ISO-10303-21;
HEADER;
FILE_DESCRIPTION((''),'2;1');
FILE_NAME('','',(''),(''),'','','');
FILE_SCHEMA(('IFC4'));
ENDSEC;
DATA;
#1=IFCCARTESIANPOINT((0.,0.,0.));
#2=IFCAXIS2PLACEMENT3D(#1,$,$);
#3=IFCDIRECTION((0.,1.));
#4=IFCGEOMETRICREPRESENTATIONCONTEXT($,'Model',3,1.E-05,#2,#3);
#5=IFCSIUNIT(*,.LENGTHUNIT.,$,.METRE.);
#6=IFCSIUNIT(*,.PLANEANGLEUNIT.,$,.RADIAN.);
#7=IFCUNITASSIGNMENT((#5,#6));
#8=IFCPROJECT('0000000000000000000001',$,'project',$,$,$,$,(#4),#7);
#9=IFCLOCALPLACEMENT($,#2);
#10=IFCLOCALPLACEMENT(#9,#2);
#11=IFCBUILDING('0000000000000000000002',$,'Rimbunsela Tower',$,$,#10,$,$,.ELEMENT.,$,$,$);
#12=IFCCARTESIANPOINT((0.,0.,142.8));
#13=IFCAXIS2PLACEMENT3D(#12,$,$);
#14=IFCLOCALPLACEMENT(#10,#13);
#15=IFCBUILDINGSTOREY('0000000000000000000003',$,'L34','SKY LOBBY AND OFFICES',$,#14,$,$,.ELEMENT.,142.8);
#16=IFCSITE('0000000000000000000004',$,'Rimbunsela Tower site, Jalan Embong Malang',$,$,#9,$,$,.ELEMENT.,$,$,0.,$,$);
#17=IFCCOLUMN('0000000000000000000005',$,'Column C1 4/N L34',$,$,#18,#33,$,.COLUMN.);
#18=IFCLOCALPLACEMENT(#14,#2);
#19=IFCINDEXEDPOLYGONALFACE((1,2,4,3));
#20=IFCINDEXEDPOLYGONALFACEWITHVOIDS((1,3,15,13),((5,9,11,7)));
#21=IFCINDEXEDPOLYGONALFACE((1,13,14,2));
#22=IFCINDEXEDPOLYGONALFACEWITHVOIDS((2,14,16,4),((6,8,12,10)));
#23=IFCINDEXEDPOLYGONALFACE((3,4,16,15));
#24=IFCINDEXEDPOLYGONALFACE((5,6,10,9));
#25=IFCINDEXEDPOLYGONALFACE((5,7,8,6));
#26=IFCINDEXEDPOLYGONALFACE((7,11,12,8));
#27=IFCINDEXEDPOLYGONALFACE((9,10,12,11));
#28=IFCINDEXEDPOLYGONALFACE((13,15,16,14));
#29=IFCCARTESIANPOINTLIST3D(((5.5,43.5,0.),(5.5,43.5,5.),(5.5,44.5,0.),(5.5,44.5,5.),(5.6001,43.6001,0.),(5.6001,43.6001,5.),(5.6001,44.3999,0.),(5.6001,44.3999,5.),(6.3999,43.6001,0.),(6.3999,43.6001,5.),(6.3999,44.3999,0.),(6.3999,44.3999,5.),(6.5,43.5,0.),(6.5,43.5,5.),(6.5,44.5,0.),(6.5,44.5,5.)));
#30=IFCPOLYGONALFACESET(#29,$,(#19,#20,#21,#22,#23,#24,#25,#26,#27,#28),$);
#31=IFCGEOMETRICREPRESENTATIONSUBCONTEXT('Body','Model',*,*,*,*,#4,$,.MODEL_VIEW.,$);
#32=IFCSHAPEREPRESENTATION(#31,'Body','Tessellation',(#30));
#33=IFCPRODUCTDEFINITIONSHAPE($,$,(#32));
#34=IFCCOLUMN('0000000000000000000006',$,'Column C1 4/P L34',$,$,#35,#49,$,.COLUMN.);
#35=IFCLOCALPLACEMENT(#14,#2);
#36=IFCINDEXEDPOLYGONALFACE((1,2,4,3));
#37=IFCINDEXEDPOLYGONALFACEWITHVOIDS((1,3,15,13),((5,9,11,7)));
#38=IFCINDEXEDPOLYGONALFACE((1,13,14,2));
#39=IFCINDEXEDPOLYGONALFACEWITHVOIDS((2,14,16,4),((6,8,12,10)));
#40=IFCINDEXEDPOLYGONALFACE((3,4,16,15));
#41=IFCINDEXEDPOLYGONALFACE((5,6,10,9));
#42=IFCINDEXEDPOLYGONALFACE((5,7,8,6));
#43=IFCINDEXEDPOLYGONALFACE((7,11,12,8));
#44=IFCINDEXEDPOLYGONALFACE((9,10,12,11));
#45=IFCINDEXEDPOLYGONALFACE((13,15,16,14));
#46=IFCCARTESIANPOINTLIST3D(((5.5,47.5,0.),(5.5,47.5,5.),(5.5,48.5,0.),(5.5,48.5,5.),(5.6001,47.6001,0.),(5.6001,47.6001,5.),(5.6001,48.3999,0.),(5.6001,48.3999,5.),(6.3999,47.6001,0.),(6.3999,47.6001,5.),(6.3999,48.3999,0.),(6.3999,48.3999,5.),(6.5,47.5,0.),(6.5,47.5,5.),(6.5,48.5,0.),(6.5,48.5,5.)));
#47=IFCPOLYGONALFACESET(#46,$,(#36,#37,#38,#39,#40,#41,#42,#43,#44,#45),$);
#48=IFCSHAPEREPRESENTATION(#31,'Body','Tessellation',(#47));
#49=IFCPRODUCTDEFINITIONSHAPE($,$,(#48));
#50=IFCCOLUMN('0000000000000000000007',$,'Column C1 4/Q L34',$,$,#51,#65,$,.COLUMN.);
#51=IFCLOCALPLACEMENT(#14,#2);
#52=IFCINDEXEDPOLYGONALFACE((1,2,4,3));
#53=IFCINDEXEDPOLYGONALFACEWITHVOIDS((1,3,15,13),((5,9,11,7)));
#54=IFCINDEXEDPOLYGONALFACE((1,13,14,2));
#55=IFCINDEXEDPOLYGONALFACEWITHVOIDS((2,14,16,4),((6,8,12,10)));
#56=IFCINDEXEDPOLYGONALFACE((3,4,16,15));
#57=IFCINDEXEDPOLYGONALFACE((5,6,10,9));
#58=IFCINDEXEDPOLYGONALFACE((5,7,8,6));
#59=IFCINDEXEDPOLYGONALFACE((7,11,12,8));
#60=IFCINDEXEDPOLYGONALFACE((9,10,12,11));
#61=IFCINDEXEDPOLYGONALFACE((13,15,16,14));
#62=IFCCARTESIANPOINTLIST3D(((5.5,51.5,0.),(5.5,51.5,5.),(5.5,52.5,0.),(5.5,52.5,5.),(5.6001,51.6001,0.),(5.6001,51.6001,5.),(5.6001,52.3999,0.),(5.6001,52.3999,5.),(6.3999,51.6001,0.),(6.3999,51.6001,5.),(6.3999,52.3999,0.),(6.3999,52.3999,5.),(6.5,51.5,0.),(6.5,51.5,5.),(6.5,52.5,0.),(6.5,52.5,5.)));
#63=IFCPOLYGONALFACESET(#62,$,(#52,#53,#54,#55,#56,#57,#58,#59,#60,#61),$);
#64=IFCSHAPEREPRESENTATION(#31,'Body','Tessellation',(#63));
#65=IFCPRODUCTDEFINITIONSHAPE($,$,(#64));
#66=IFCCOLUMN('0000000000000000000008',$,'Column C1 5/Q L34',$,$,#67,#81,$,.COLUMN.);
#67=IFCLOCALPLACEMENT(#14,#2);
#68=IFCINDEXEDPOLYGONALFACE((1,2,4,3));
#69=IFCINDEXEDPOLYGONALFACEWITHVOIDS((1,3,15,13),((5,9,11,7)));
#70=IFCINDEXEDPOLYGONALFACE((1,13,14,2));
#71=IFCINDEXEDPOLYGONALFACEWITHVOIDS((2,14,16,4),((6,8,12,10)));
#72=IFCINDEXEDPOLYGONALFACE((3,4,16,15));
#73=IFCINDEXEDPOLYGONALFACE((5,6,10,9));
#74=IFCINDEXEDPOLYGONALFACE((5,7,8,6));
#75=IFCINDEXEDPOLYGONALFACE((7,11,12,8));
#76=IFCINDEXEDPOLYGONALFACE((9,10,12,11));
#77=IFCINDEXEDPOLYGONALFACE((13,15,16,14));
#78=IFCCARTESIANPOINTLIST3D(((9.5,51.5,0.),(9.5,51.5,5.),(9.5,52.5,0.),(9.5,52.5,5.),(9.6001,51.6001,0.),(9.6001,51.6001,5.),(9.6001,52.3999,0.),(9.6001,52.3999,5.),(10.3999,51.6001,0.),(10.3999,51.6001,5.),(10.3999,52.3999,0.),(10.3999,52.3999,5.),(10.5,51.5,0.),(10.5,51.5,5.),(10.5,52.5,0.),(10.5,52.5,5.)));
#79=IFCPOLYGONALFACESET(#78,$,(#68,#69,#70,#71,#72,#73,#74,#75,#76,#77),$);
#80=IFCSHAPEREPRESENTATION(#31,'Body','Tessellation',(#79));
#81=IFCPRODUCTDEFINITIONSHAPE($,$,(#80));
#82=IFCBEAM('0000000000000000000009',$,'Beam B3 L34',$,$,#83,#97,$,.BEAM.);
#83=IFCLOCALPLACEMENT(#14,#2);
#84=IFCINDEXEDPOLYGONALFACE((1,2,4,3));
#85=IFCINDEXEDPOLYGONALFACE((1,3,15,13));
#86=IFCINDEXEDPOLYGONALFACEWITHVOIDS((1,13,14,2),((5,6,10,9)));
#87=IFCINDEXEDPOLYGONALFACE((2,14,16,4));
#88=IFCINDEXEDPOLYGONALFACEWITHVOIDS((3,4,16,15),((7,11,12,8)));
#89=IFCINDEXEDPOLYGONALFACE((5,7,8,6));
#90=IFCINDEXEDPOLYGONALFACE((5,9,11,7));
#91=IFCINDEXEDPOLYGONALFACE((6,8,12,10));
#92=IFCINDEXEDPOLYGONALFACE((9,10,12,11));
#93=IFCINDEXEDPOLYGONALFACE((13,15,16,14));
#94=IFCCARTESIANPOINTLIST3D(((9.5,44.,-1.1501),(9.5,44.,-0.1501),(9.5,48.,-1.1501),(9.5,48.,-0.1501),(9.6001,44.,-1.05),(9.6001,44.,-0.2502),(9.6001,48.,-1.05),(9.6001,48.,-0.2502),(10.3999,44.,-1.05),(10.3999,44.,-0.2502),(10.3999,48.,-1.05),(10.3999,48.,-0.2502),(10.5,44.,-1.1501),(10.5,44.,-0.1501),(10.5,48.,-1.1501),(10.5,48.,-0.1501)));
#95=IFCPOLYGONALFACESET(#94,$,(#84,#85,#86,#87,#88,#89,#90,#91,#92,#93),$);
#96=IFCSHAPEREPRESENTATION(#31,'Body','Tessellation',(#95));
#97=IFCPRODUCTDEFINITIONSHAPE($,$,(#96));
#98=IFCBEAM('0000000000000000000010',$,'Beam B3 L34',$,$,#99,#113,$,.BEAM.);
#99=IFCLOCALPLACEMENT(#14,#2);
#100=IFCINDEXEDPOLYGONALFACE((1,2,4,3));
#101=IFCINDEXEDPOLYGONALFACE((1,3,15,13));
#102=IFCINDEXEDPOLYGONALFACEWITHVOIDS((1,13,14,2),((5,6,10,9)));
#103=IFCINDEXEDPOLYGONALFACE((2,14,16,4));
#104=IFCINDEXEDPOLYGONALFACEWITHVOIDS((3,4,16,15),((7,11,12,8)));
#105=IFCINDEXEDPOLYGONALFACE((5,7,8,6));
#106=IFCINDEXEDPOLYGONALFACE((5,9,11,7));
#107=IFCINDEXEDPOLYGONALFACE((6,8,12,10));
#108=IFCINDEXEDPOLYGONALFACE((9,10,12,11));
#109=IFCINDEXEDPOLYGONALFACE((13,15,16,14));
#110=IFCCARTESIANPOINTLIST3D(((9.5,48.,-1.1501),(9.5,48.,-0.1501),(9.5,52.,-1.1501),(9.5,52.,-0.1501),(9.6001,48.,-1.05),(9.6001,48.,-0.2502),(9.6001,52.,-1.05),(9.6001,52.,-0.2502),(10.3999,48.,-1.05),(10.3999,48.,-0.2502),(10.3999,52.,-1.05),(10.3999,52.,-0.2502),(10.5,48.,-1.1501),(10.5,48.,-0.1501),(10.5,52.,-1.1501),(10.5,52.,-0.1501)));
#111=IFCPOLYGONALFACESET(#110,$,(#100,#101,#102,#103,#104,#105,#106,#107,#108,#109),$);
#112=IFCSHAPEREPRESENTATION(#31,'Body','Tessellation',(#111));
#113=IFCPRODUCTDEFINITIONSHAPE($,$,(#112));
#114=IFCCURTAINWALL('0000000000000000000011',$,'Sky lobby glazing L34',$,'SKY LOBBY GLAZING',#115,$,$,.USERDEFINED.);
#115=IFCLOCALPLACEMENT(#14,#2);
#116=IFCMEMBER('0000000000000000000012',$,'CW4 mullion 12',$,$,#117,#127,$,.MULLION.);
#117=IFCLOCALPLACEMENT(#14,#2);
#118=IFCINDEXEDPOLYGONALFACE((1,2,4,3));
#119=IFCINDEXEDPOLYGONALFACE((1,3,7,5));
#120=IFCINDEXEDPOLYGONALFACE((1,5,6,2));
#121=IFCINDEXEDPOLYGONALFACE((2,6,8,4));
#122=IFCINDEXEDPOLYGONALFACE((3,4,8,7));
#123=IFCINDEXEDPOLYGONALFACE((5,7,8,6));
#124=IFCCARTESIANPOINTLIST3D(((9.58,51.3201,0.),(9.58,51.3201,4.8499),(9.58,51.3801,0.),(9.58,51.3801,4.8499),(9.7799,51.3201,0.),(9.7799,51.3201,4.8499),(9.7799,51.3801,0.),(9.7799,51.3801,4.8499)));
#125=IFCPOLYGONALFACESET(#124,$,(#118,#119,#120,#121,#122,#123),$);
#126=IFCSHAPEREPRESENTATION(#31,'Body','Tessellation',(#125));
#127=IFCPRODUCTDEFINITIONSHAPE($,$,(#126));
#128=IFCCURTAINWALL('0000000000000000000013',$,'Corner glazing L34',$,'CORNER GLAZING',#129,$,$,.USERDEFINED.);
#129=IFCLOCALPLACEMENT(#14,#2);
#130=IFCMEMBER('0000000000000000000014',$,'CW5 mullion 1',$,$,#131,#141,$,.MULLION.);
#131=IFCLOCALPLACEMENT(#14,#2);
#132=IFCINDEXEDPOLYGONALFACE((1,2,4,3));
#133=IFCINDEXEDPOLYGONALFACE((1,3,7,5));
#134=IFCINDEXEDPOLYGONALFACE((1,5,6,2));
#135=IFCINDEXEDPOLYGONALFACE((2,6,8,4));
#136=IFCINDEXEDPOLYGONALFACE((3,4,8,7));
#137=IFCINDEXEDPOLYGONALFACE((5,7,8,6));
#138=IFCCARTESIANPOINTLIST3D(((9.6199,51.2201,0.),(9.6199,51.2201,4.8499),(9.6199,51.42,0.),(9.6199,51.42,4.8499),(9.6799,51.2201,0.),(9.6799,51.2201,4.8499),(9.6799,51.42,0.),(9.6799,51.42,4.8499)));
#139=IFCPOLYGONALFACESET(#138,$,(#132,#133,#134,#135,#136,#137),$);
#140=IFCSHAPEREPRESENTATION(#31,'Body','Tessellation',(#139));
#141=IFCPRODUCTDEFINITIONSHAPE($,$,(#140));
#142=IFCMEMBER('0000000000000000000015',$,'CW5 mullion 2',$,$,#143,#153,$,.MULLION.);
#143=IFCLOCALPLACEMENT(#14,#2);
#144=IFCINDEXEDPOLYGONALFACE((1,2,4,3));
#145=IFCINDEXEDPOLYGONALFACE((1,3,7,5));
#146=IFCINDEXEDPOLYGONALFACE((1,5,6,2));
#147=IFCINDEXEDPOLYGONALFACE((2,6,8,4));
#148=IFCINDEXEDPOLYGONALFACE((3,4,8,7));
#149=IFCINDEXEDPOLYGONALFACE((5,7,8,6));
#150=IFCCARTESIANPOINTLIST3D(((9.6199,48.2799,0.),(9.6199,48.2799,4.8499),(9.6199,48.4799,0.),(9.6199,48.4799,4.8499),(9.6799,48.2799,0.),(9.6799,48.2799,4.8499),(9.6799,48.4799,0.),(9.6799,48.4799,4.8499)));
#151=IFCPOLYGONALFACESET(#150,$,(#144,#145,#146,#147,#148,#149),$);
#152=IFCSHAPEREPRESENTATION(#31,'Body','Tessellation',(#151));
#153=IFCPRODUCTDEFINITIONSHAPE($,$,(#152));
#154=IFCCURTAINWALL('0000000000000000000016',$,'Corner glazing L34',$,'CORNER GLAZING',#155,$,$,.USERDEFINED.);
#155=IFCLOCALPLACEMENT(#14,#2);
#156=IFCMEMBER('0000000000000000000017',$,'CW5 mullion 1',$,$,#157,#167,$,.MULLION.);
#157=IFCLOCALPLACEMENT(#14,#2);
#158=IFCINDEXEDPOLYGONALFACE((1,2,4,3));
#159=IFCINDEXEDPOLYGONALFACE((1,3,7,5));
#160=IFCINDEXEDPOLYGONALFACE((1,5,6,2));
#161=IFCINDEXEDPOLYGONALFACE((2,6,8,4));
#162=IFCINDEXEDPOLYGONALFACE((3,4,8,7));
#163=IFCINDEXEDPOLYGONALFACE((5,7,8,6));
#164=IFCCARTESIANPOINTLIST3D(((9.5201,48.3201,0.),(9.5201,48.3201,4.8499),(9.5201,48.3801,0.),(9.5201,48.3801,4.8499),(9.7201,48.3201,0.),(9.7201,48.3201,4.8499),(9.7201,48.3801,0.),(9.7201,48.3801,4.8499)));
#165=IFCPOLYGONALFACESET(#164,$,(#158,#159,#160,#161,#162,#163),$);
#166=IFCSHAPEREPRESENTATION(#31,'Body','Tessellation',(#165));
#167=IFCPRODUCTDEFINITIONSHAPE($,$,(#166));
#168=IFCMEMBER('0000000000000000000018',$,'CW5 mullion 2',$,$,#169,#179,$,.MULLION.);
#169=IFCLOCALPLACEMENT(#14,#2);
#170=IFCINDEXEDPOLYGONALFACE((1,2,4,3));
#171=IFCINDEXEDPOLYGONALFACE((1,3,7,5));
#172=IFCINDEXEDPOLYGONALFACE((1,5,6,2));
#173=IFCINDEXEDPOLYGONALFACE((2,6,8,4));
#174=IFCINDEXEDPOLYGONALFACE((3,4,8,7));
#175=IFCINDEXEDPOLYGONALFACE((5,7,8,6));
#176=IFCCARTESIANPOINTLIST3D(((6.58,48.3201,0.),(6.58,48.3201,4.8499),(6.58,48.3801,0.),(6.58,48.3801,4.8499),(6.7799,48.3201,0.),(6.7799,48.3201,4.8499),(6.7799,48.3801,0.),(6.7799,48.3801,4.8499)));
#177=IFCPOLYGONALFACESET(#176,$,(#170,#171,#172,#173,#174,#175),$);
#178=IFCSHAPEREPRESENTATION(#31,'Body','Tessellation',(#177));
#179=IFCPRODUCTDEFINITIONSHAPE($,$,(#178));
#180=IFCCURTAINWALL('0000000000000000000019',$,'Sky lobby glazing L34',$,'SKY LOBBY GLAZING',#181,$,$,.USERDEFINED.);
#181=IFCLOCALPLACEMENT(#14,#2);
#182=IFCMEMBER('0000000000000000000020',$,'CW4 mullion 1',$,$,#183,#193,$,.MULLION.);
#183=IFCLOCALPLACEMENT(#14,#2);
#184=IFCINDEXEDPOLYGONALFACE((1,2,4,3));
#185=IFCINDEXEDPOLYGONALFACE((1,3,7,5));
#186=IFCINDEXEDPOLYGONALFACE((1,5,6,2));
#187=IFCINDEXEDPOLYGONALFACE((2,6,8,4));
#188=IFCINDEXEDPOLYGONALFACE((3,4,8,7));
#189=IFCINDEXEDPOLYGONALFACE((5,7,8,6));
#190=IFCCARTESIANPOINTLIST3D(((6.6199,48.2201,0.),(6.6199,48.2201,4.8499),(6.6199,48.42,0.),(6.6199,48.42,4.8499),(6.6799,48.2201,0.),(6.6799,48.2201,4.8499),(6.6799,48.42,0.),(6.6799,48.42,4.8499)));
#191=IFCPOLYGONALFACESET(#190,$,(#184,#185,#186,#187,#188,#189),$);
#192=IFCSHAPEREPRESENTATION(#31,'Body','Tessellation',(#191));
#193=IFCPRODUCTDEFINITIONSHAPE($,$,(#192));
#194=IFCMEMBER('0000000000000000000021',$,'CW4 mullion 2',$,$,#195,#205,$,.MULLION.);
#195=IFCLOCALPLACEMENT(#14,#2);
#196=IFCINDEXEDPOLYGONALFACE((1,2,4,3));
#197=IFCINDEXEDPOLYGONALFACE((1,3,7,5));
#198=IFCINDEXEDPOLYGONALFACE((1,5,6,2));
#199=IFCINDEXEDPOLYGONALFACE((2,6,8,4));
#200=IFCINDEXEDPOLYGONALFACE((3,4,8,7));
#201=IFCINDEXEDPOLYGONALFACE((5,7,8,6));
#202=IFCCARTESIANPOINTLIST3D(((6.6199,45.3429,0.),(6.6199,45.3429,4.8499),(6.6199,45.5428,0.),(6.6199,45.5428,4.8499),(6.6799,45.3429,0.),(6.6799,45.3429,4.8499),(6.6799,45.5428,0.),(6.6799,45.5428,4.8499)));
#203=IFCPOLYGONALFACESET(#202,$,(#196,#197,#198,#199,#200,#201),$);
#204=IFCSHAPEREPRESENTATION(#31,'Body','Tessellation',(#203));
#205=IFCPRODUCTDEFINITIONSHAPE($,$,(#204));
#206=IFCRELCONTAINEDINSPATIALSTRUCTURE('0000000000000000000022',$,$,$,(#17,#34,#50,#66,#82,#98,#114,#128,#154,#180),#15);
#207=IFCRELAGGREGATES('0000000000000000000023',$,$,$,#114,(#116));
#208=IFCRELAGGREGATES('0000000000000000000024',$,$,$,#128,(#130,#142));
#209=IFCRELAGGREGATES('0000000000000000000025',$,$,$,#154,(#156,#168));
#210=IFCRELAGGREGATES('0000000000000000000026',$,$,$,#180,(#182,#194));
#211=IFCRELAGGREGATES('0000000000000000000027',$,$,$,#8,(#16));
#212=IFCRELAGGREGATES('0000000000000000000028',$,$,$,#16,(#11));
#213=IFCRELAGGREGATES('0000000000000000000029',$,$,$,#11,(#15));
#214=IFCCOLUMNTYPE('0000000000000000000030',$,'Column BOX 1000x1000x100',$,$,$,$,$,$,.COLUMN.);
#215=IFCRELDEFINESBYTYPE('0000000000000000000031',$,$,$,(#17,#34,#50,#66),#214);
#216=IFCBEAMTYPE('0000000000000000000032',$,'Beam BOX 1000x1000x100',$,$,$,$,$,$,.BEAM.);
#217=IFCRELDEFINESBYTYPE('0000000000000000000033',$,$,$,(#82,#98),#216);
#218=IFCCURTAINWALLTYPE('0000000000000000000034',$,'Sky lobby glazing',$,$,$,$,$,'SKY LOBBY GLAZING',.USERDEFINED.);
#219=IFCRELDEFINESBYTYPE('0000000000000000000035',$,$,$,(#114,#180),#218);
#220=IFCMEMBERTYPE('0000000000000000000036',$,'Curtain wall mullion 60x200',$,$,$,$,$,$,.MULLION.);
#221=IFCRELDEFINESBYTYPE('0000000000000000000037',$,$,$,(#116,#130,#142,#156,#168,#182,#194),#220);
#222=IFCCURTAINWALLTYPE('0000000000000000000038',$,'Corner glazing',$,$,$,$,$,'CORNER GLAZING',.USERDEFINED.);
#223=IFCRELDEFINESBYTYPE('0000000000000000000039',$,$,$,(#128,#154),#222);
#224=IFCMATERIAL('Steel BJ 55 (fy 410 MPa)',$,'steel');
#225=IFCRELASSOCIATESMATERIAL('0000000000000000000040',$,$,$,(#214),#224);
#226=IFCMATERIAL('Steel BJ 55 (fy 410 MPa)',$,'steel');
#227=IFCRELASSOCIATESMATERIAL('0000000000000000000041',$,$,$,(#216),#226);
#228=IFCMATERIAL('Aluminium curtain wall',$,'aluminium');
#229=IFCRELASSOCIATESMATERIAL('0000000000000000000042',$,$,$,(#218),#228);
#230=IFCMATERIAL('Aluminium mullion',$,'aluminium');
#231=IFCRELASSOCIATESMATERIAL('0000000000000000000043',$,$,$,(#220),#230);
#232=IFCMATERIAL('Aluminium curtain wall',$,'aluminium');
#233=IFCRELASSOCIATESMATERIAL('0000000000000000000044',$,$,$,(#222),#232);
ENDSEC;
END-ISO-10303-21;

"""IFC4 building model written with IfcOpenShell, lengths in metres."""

from ifc_helpers import new_model, si_unit, direction, frame, origin, origin_2d, place, context, subcontext, project, spatial, rectangle, hollow_rectangle, extrude, material, material_profile, profile_set, type_object, element, aggregate, save


model = new_model("IFC4")

# Units and contexts
model_context = context("Model", 3, precision=1e-05, world=origin(), true_north=direction((0.0, 1.0)))
body_context = subcontext(model_context, "Body", "Model", "MODEL_VIEW")
ifc_project = project(units=[si_unit("LENGTHUNIT", "METRE"), si_unit("PLANEANGLEUNIT", "RADIAN")], contexts=[model_context])

# Site, building, storey
site_placement = place(None, origin())
site = spatial("IfcSite", under=ifc_project, at=site_placement, Name="Rimbunsela Tower site, Jalan Embong Malang", CompositionType="ELEMENT", RefElevation=0.0)
building_placement = place(site_placement, origin())
building = spatial("IfcBuilding", under=site, at=building_placement, Name="Rimbunsela Tower", CompositionType="ELEMENT")
storey_placement = place(building_placement, frame((0.0, 0.0, 142.8)))
storey = spatial("IfcBuildingStorey", under=building, at=storey_placement, Name="L34", Description="SKY LOBBY AND OFFICES", CompositionType="ELEMENT", Elevation=142.8)

# Columns
ifc_material_1 = material(Name="Steel BJ 55 (fy 410 MPa)", Category="steel")
ifc_material_profile_1 = material_profile(ifc_material_1, hollow_rectangle(XDim=1.0, YDim=1.0, WallThickness=0.1001, at=origin_2d()), Name="BOX 1000x1000x100")
ifc_profile_set_1 = profile_set([ifc_material_profile_1], Name="Steel BJ 55 (fy 410 MPa)")
column_type = type_object("IfcColumnType", Name="Column BOX 1000x1000x100", PredefinedType="COLUMN", material=ifc_profile_set_1)
for number, where, z_axis, x_axis, name in (
    (1, (6.0, 44.0, 0.0), (0.0, 0.0, 1.0), (1.0, 0.0, 0.0), "Column C1 4/N L34"),
    (2, (6.0, 48.0, 0.0), (0.0, 0.0, 1.0), (1.0, 0.0, 0.0), "Column C1 4/P L34"),
    (3, (6.0, 52.0, 0.0), (0.0, 0.0, 1.0), (1.0, 0.0, 0.0), "Column C1 4/Q L34"),
    (4, (10.0, 52.0, 0.0), (0.0, 0.0, 1.0), (1.0, 0.0, 0.0), "Column C1 5/Q L34"),
):
    element("IfcColumn", number, at=place(storey_placement, frame(where, z_axis=z_axis, x_axis=x_axis)), inside=storey, type_object=column_type, Name=name, PredefinedType="COLUMN", context=body_context, shape_type="SweptSolid", body=[
        extrude(hollow_rectangle(XDim=1.0, YDim=1.0, WallThickness=0.1001, at=origin_2d()), origin(), (0.0, 0.0, 1.0), 5.0),
    ])

# Beams
ifc_material_2 = material(Name="Steel BJ 55 (fy 410 MPa)", Category="steel")
ifc_material_profile_2 = material_profile(ifc_material_2, hollow_rectangle(XDim=1.0, YDim=1.0, WallThickness=0.1001, at=origin_2d()), Name="BOX 1000x1000x100")
ifc_profile_set_2 = profile_set([ifc_material_profile_2], Name="Steel BJ 55 (fy 410 MPa)")
beam_type = type_object("IfcBeamType", Name="Beam BOX 1000x1000x100", PredefinedType="BEAM", material=ifc_profile_set_2)
for number, where, z_axis, x_axis, name in (
    (5, (10.0, 44.0, -0.6501), (0.0, 1.0, 0.0), (-1.0, 0.0, 0.0), "Beam B3 L34"),
    (6, (10.0, 48.0, -0.6501), (0.0, 1.0, 0.0), (-1.0, 0.0, 0.0), "Beam B3 L34"),
):
    element("IfcBeam", number, at=place(storey_placement, frame(where, z_axis=z_axis, x_axis=x_axis)), inside=storey, type_object=beam_type, Name=name, PredefinedType="BEAM", context=body_context, shape_type="SweptSolid", body=[
        extrude(hollow_rectangle(XDim=1.0, YDim=1.0, WallThickness=0.1001, at=origin_2d()), origin(), (0.0, 0.0, 1.0), 4.0),
    ])

# Curtain wall, member
ifc_material_3 = material(Name="Aluminium curtain wall", Category="aluminium")
curtain_wall_type_1 = type_object("IfcCurtainWallType", Name="Sky lobby glazing", ElementType="SKY LOBBY GLAZING", PredefinedType="USERDEFINED", material=ifc_material_3)
curtain_wall_1_placement = place(storey_placement, origin())
curtain_wall_1 = element("IfcCurtainWall", 7, at=curtain_wall_1_placement, inside=storey, type_object=curtain_wall_type_1, Name="Sky lobby glazing L34", ObjectType="SKY LOBBY GLAZING", PredefinedType="USERDEFINED")
ifc_material_4 = material(Name="Aluminium mullion", Category="aluminium")
ifc_material_profile_3 = material_profile(ifc_material_4, rectangle(XDim=0.0601, YDim=0.2, at=origin_2d()), Name="Mullion 60x200")
ifc_profile_set_3 = profile_set([ifc_material_profile_3], Name="Aluminium mullion")
member_type_1 = type_object("IfcMemberType", Name="Curtain wall mullion 60x200", PredefinedType="MULLION", material=ifc_profile_set_3)
member_1_placement = place(storey_placement, frame((9.6799, 51.3501, 0.0), z_axis=(0.0, 0.0, 1.0), x_axis=(0.0, -1.0, 0.0)))
member_1 = element("IfcMember", 8, at=member_1_placement, type_object=member_type_1, Name="CW4 mullion 12", PredefinedType="MULLION", context=body_context, shape_type="SweptSolid", body=[
    extrude(rectangle(XDim=0.0601, YDim=0.2, at=origin_2d()), origin(), (0.0, 0.0, 1.0), 4.8499),
])

# Curtain walls, members
ifc_material_5 = material(Name="Aluminium curtain wall", Category="aluminium")
curtain_wall_type_2 = type_object("IfcCurtainWallType", Name="Corner glazing", ElementType="CORNER GLAZING", PredefinedType="USERDEFINED", material=ifc_material_5)
curtain_wall_2_placement = place(storey_placement, origin())
curtain_wall_2 = element("IfcCurtainWall", 9, at=curtain_wall_2_placement, inside=storey, type_object=curtain_wall_type_2, Name="Corner glazing L34", ObjectType="CORNER GLAZING", PredefinedType="USERDEFINED")
member_2_placement = place(storey_placement, frame((9.6499, 51.3201, 0.0), z_axis=(0.0, 0.0, 1.0), x_axis=(1.0, 0.0, 0.0)))
member_2 = element("IfcMember", 10, at=member_2_placement, type_object=member_type_1, Name="CW5 mullion 1", PredefinedType="MULLION", context=body_context, shape_type="SweptSolid", body=[
    extrude(rectangle(XDim=0.0601, YDim=0.2, at=origin_2d()), origin(), (0.0, 0.0, 1.0), 4.8499),
])
member_3_placement = place(storey_placement, frame((9.6499, 48.3799, 0.0), z_axis=(0.0, 0.0, 1.0), x_axis=(1.0, 0.0, 0.0)))
member_3 = element("IfcMember", 11, at=member_3_placement, type_object=member_type_1, Name="CW5 mullion 2", PredefinedType="MULLION", context=body_context, shape_type="SweptSolid", body=[
    extrude(rectangle(XDim=0.0601, YDim=0.2, at=origin_2d()), origin(), (0.0, 0.0, 1.0), 4.8499),
])
curtain_wall_3_placement = place(storey_placement, origin())
curtain_wall_3 = element("IfcCurtainWall", 12, at=curtain_wall_3_placement, inside=storey, type_object=curtain_wall_type_2, Name="Corner glazing L34", ObjectType="CORNER GLAZING", PredefinedType="USERDEFINED")
member_4_placement = place(storey_placement, frame((9.6201, 48.3501, 0.0), z_axis=(0.0, 0.0, 1.0), x_axis=(0.0, -1.0, 0.0)))
member_4 = element("IfcMember", 13, at=member_4_placement, type_object=member_type_1, Name="CW5 mullion 1", PredefinedType="MULLION", context=body_context, shape_type="SweptSolid", body=[
    extrude(rectangle(XDim=0.0601, YDim=0.2, at=origin_2d()), origin(), (0.0, 0.0, 1.0), 4.8499),
])
member_5_placement = place(storey_placement, frame((6.6799, 48.3501, 0.0), z_axis=(0.0, 0.0, 1.0), x_axis=(0.0, -1.0, 0.0)))
member_5 = element("IfcMember", 14, at=member_5_placement, type_object=member_type_1, Name="CW5 mullion 2", PredefinedType="MULLION", context=body_context, shape_type="SweptSolid", body=[
    extrude(rectangle(XDim=0.0601, YDim=0.2, at=origin_2d()), origin(), (0.0, 0.0, 1.0), 4.8499),
])
curtain_wall_4_placement = place(storey_placement, origin())
curtain_wall_4 = element("IfcCurtainWall", 15, at=curtain_wall_4_placement, inside=storey, type_object=curtain_wall_type_1, Name="Sky lobby glazing L34", ObjectType="SKY LOBBY GLAZING", PredefinedType="USERDEFINED")
member_6_placement = place(storey_placement, frame((6.6499, 48.3201, 0.0), z_axis=(0.0, 0.0, 1.0), x_axis=(1.0, 0.0, 0.0)))
member_6 = element("IfcMember", 16, at=member_6_placement, type_object=member_type_1, Name="CW4 mullion 1", PredefinedType="MULLION", context=body_context, shape_type="SweptSolid", body=[
    extrude(rectangle(XDim=0.0601, YDim=0.2, at=origin_2d()), origin(), (0.0, 0.0, 1.0), 4.8499),
])
member_7_placement = place(storey_placement, frame((6.6499, 45.4429, 0.0), z_axis=(0.0, 0.0, 1.0), x_axis=(1.0, 0.0, 0.0)))
member_7 = element("IfcMember", 17, at=member_7_placement, type_object=member_type_1, Name="CW4 mullion 2", PredefinedType="MULLION", context=body_context, shape_type="SweptSolid", body=[
    extrude(rectangle(XDim=0.0601, YDim=0.2, at=origin_2d()), origin(), (0.0, 0.0, 1.0), 4.8499),
])

aggregate(curtain_wall_1, [member_1])
aggregate(curtain_wall_2, [member_2, member_3])
aggregate(curtain_wall_3, [member_4, member_5])
aggregate(curtain_wall_4, [member_6, member_7])

save(model, "model.ifc")
